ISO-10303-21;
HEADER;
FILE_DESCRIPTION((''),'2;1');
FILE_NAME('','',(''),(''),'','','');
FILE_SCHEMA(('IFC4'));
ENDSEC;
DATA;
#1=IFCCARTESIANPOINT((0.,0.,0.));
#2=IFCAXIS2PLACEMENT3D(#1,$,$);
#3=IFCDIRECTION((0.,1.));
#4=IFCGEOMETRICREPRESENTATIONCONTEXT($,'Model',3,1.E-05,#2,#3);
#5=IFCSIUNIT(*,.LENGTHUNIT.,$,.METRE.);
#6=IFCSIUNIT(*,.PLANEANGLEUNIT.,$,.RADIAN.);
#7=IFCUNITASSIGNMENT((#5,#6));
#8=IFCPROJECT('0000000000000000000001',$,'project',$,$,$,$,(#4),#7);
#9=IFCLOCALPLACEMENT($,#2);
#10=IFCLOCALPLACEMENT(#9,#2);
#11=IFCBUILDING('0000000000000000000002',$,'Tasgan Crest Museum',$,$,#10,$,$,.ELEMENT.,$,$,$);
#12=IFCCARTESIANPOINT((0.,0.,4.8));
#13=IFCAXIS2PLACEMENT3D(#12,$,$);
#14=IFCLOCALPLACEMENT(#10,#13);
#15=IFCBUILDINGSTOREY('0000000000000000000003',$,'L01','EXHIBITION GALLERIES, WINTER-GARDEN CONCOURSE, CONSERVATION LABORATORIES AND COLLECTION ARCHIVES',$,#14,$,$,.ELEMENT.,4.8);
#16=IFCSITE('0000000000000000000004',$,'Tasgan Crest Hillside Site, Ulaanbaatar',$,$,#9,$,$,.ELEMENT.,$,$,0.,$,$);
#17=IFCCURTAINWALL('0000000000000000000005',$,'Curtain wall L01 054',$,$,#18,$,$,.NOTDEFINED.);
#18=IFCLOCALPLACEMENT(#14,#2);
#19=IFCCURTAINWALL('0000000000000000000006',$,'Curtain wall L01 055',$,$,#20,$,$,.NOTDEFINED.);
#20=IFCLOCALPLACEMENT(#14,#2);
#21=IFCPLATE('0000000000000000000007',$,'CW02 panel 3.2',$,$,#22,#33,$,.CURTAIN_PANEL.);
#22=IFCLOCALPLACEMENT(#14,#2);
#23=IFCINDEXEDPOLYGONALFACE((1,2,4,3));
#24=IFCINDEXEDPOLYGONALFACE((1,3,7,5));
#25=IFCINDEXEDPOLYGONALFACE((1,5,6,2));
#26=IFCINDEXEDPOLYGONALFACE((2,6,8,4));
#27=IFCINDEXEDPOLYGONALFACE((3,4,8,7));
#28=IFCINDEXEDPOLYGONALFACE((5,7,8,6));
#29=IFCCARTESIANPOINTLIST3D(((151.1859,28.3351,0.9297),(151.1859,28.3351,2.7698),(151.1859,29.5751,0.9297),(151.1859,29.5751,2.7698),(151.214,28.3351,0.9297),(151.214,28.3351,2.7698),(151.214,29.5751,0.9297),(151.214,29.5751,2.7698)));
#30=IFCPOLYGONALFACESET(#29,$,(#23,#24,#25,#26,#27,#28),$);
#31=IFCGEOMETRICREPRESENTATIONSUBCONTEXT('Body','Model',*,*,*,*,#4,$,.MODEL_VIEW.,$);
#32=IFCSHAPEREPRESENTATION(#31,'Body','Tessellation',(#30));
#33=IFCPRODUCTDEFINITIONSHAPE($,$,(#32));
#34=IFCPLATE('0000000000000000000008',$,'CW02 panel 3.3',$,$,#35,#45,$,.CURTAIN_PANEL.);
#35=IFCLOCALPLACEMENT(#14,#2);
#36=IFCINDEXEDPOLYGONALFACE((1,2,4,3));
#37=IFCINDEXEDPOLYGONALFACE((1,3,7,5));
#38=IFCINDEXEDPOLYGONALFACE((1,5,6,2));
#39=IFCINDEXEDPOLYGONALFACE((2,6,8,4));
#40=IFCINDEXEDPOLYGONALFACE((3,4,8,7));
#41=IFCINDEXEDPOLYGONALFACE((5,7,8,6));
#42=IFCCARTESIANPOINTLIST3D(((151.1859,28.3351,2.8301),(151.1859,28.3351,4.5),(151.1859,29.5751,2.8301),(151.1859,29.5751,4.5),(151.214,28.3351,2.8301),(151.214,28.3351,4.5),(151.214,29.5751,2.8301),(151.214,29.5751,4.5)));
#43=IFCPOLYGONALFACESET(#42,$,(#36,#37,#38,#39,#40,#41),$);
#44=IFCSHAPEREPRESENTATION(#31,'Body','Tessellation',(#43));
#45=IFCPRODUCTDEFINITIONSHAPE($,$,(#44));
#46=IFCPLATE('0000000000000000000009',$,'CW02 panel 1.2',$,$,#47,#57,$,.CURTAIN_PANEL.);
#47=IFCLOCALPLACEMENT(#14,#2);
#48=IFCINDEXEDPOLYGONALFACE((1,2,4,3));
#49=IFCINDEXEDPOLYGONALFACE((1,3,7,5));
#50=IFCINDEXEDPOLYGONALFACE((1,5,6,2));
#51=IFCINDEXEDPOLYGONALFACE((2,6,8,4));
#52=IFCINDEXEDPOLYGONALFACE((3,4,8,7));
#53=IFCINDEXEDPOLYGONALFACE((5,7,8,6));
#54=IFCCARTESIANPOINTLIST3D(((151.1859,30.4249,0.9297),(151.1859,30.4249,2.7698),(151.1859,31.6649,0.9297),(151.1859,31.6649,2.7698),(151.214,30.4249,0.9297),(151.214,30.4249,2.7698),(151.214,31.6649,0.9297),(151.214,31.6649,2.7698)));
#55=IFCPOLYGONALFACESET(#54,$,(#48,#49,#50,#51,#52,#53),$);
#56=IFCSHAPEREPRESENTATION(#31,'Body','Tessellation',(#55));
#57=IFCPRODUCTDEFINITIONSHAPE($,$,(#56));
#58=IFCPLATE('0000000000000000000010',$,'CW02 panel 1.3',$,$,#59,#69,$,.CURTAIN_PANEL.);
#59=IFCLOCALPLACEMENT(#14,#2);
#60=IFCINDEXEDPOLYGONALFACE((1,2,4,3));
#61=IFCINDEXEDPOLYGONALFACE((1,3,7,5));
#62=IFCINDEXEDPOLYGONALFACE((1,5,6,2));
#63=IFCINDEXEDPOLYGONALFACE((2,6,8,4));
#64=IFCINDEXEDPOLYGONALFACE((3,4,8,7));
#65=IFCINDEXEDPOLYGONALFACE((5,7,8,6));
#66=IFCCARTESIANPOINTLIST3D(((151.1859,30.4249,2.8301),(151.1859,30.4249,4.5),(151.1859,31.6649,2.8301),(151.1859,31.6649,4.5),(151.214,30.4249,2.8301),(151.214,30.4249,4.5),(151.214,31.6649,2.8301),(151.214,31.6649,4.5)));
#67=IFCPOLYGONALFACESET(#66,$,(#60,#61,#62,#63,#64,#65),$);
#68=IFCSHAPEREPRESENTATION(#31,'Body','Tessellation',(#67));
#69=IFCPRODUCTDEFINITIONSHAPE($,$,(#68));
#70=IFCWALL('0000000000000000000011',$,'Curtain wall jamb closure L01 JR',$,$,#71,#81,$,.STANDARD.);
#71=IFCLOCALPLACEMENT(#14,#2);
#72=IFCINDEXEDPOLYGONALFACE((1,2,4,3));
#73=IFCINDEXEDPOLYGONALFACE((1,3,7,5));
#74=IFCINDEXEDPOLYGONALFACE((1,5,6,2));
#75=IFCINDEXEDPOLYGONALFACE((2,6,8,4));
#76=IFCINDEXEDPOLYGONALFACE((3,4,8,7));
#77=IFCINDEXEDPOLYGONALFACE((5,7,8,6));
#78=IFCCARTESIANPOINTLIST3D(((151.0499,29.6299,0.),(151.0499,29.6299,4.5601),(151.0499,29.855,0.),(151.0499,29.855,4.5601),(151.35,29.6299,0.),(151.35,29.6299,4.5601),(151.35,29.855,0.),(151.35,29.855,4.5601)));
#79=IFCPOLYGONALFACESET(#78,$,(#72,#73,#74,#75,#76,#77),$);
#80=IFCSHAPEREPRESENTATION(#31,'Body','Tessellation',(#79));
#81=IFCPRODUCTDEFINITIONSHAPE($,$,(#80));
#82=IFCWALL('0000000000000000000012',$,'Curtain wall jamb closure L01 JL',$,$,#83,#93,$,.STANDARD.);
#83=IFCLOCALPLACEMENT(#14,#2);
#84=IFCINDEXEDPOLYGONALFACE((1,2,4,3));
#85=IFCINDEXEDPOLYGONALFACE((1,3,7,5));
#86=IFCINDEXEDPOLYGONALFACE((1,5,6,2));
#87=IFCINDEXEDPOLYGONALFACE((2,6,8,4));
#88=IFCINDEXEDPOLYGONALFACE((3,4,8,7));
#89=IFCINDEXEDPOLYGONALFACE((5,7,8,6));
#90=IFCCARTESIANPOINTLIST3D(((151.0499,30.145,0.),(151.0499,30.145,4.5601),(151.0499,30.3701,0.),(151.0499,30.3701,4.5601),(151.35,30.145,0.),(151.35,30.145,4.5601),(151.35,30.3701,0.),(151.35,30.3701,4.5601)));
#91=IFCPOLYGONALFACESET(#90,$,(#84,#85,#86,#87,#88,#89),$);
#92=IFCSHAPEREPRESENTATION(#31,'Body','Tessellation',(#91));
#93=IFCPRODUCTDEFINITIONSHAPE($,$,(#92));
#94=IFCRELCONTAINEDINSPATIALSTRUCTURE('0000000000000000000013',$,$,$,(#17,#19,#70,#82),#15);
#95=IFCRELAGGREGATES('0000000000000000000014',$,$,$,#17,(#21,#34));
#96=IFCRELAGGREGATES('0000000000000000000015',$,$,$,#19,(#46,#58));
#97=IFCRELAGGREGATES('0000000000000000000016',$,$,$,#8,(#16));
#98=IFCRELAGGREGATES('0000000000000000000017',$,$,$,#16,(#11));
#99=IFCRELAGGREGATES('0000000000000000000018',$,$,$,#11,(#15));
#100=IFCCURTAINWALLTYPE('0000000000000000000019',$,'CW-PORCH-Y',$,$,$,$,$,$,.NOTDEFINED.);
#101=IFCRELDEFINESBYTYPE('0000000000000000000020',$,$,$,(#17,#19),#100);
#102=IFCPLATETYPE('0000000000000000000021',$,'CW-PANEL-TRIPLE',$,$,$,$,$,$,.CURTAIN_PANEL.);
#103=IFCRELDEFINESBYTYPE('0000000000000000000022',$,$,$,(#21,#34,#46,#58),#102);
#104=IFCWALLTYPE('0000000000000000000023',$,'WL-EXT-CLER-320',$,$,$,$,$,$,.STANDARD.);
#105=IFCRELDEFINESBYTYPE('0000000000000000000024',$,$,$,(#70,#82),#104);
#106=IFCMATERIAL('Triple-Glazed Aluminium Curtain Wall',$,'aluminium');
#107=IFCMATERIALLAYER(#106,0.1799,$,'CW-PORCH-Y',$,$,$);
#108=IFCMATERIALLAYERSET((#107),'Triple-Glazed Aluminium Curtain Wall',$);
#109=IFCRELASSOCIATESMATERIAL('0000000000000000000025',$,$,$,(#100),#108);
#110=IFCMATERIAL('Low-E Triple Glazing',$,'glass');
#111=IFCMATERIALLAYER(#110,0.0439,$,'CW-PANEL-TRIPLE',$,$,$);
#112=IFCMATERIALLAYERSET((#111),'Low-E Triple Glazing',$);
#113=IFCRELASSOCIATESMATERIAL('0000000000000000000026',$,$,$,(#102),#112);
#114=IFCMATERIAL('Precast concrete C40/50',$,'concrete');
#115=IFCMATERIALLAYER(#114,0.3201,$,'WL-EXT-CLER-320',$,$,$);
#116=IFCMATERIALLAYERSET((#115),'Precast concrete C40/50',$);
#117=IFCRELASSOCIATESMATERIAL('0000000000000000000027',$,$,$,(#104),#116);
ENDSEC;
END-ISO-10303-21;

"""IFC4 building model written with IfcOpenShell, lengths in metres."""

from ifc_helpers import new_model, si_unit, direction, frame, frame_2d, origin, origin_2d, place, context, subcontext, project, spatial, rectangle, extrude, material, layer, layer_set, type_object, element, aggregate, save


model = new_model("IFC4")

# Units and contexts
model_context = context("Model", 3, precision=1e-05, world=origin(), true_north=direction((0.0, 1.0)))
body_context = subcontext(model_context, "Body", "Model", "MODEL_VIEW")
ifc_project = project(units=[si_unit("LENGTHUNIT", "METRE"), si_unit("PLANEANGLEUNIT", "RADIAN")], contexts=[model_context])

# Site, building, storey
site_placement = place(None, origin())
site = spatial("IfcSite", under=ifc_project, at=site_placement, Name="Tasgan Crest Hillside Site, Ulaanbaatar", CompositionType="ELEMENT", RefElevation=0.0)
building_placement = place(site_placement, origin())
building = spatial("IfcBuilding", under=site, at=building_placement, Name="Tasgan Crest Museum", CompositionType="ELEMENT")
storey_placement = place(building_placement, frame((0.0, 0.0, 4.8)))
storey = spatial("IfcBuildingStorey", under=building, at=storey_placement, Name="L01", Description="EXHIBITION GALLERIES, WINTER-GARDEN CONCOURSE, CONSERVATION LABORATORIES AND COLLECTION ARCHIVES", CompositionType="ELEMENT", Elevation=4.8)

# Curtain walls
ifc_material_1 = material(Name="Triple-Glazed Aluminium Curtain Wall", Category="aluminium")
ifc_layer_1 = layer(ifc_material_1, 0.1799, Name="CW-PORCH-Y")
ifc_layer_set_1 = layer_set([ifc_layer_1], Name="Triple-Glazed Aluminium Curtain Wall")
curtain_wall_type = type_object("IfcCurtainWallType", Name="CW-PORCH-Y", PredefinedType="NOTDEFINED", material=ifc_layer_set_1)
curtain_wall_1_placement = place(storey_placement, origin())
curtain_wall_1 = element("IfcCurtainWall", 1, at=curtain_wall_1_placement, inside=storey, type_object=curtain_wall_type, Name="Curtain wall L01 054", PredefinedType="NOTDEFINED")
curtain_wall_2_placement = place(storey_placement, origin())
curtain_wall_2 = element("IfcCurtainWall", 2, at=curtain_wall_2_placement, inside=storey, type_object=curtain_wall_type, Name="Curtain wall L01 055", PredefinedType="NOTDEFINED")

# Plates
ifc_material_2 = material(Name="Low-E Triple Glazing", Category="glass")
ifc_layer_2 = layer(ifc_material_2, 0.0439, Name="CW-PANEL-TRIPLE")
ifc_layer_set_2 = layer_set([ifc_layer_2], Name="Low-E Triple Glazing")
plate_type_1 = type_object("IfcPlateType", Name="CW-PANEL-TRIPLE", PredefinedType="CURTAIN_PANEL", material=ifc_layer_set_2)
plate_1_placement = place(storey_placement, frame((151.2, 28.9551, 0.9297), z_axis=(0.0, 0.0, 1.0), x_axis=(0.0, 1.0, 0.0)))
plate_1 = element("IfcPlate", 3, at=plate_1_placement, type_object=plate_type_1, Name="CW02 panel 3.2", PredefinedType="CURTAIN_PANEL", context=body_context, shape_type="SweptSolid", body=[
    extrude(rectangle(XDim=1.24, YDim=0.0281, at=origin_2d()), origin(), (0.0, 0.0, 1.0), 1.8401),
])
plate_2_placement = place(storey_placement, frame((151.2, 28.9551, 2.8301), z_axis=(0.0, 0.0, 1.0), x_axis=(0.0, 1.0, 0.0)))
plate_2 = element("IfcPlate", 4, at=plate_2_placement, type_object=plate_type_1, Name="CW02 panel 3.3", PredefinedType="CURTAIN_PANEL", context=body_context, shape_type="SweptSolid", body=[
    extrude(rectangle(XDim=1.24, YDim=0.0281, at=origin_2d()), origin(), (0.0, 0.0, 1.0), 1.6699),
])
aggregate(curtain_wall_1, [plate_1, plate_2])
plate_3_placement = place(storey_placement, frame((151.2, 31.0449, 0.9297), z_axis=(0.0, 0.0, 1.0), x_axis=(0.0, 1.0, 0.0)))
plate_3 = element("IfcPlate", 5, at=plate_3_placement, type_object=plate_type_1, Name="CW02 panel 1.2", PredefinedType="CURTAIN_PANEL", context=body_context, shape_type="SweptSolid", body=[
    extrude(rectangle(XDim=1.24, YDim=0.0281, at=origin_2d()), origin(), (0.0, 0.0, 1.0), 1.8401),
])
plate_4_placement = place(storey_placement, frame((151.2, 31.0449, 2.8301), z_axis=(0.0, 0.0, 1.0), x_axis=(0.0, 1.0, 0.0)))
plate_4 = element("IfcPlate", 6, at=plate_4_placement, type_object=plate_type_1, Name="CW02 panel 1.3", PredefinedType="CURTAIN_PANEL", context=body_context, shape_type="SweptSolid", body=[
    extrude(rectangle(XDim=1.24, YDim=0.0281, at=origin_2d()), origin(), (0.0, 0.0, 1.0), 1.6699),
])
aggregate(curtain_wall_2, [plate_3, plate_4])

# Walls
ifc_material_3 = material(Name="Precast concrete C40/50", Category="concrete")
ifc_layer_3 = layer(ifc_material_3, 0.3201, Name="WL-EXT-CLER-320")
ifc_layer_set_3 = layer_set([ifc_layer_3], Name="Precast concrete C40/50")
wall_type = type_object("IfcWallType", Name="WL-EXT-CLER-320", PredefinedType="STANDARD", material=ifc_layer_set_3)
for number, where, z_axis, x_axis, name in (
    (7, (151.2, 29.6299, 0.0), (0.0, 0.0, 1.0), (0.0, 1.0, 0.0), "Curtain wall jamb closure L01 JR"),
    (8, (151.2, 30.145, 0.0), (0.0, 0.0, 1.0), (0.0, 1.0, 0.0), "Curtain wall jamb closure L01 JL"),
):
    element("IfcWall", number, at=place(storey_placement, frame(where, z_axis=z_axis, x_axis=x_axis)), inside=storey, type_object=wall_type, Name=name, PredefinedType="STANDARD", context=body_context, shape_type="SweptSolid", body=[
        extrude(rectangle(XDim=0.2251, YDim=0.3, at=frame_2d((0.1125, 0.0))), origin(), (0.0, 0.0, 1.0), 4.5601),
    ])

save(model, "model.ifc")
